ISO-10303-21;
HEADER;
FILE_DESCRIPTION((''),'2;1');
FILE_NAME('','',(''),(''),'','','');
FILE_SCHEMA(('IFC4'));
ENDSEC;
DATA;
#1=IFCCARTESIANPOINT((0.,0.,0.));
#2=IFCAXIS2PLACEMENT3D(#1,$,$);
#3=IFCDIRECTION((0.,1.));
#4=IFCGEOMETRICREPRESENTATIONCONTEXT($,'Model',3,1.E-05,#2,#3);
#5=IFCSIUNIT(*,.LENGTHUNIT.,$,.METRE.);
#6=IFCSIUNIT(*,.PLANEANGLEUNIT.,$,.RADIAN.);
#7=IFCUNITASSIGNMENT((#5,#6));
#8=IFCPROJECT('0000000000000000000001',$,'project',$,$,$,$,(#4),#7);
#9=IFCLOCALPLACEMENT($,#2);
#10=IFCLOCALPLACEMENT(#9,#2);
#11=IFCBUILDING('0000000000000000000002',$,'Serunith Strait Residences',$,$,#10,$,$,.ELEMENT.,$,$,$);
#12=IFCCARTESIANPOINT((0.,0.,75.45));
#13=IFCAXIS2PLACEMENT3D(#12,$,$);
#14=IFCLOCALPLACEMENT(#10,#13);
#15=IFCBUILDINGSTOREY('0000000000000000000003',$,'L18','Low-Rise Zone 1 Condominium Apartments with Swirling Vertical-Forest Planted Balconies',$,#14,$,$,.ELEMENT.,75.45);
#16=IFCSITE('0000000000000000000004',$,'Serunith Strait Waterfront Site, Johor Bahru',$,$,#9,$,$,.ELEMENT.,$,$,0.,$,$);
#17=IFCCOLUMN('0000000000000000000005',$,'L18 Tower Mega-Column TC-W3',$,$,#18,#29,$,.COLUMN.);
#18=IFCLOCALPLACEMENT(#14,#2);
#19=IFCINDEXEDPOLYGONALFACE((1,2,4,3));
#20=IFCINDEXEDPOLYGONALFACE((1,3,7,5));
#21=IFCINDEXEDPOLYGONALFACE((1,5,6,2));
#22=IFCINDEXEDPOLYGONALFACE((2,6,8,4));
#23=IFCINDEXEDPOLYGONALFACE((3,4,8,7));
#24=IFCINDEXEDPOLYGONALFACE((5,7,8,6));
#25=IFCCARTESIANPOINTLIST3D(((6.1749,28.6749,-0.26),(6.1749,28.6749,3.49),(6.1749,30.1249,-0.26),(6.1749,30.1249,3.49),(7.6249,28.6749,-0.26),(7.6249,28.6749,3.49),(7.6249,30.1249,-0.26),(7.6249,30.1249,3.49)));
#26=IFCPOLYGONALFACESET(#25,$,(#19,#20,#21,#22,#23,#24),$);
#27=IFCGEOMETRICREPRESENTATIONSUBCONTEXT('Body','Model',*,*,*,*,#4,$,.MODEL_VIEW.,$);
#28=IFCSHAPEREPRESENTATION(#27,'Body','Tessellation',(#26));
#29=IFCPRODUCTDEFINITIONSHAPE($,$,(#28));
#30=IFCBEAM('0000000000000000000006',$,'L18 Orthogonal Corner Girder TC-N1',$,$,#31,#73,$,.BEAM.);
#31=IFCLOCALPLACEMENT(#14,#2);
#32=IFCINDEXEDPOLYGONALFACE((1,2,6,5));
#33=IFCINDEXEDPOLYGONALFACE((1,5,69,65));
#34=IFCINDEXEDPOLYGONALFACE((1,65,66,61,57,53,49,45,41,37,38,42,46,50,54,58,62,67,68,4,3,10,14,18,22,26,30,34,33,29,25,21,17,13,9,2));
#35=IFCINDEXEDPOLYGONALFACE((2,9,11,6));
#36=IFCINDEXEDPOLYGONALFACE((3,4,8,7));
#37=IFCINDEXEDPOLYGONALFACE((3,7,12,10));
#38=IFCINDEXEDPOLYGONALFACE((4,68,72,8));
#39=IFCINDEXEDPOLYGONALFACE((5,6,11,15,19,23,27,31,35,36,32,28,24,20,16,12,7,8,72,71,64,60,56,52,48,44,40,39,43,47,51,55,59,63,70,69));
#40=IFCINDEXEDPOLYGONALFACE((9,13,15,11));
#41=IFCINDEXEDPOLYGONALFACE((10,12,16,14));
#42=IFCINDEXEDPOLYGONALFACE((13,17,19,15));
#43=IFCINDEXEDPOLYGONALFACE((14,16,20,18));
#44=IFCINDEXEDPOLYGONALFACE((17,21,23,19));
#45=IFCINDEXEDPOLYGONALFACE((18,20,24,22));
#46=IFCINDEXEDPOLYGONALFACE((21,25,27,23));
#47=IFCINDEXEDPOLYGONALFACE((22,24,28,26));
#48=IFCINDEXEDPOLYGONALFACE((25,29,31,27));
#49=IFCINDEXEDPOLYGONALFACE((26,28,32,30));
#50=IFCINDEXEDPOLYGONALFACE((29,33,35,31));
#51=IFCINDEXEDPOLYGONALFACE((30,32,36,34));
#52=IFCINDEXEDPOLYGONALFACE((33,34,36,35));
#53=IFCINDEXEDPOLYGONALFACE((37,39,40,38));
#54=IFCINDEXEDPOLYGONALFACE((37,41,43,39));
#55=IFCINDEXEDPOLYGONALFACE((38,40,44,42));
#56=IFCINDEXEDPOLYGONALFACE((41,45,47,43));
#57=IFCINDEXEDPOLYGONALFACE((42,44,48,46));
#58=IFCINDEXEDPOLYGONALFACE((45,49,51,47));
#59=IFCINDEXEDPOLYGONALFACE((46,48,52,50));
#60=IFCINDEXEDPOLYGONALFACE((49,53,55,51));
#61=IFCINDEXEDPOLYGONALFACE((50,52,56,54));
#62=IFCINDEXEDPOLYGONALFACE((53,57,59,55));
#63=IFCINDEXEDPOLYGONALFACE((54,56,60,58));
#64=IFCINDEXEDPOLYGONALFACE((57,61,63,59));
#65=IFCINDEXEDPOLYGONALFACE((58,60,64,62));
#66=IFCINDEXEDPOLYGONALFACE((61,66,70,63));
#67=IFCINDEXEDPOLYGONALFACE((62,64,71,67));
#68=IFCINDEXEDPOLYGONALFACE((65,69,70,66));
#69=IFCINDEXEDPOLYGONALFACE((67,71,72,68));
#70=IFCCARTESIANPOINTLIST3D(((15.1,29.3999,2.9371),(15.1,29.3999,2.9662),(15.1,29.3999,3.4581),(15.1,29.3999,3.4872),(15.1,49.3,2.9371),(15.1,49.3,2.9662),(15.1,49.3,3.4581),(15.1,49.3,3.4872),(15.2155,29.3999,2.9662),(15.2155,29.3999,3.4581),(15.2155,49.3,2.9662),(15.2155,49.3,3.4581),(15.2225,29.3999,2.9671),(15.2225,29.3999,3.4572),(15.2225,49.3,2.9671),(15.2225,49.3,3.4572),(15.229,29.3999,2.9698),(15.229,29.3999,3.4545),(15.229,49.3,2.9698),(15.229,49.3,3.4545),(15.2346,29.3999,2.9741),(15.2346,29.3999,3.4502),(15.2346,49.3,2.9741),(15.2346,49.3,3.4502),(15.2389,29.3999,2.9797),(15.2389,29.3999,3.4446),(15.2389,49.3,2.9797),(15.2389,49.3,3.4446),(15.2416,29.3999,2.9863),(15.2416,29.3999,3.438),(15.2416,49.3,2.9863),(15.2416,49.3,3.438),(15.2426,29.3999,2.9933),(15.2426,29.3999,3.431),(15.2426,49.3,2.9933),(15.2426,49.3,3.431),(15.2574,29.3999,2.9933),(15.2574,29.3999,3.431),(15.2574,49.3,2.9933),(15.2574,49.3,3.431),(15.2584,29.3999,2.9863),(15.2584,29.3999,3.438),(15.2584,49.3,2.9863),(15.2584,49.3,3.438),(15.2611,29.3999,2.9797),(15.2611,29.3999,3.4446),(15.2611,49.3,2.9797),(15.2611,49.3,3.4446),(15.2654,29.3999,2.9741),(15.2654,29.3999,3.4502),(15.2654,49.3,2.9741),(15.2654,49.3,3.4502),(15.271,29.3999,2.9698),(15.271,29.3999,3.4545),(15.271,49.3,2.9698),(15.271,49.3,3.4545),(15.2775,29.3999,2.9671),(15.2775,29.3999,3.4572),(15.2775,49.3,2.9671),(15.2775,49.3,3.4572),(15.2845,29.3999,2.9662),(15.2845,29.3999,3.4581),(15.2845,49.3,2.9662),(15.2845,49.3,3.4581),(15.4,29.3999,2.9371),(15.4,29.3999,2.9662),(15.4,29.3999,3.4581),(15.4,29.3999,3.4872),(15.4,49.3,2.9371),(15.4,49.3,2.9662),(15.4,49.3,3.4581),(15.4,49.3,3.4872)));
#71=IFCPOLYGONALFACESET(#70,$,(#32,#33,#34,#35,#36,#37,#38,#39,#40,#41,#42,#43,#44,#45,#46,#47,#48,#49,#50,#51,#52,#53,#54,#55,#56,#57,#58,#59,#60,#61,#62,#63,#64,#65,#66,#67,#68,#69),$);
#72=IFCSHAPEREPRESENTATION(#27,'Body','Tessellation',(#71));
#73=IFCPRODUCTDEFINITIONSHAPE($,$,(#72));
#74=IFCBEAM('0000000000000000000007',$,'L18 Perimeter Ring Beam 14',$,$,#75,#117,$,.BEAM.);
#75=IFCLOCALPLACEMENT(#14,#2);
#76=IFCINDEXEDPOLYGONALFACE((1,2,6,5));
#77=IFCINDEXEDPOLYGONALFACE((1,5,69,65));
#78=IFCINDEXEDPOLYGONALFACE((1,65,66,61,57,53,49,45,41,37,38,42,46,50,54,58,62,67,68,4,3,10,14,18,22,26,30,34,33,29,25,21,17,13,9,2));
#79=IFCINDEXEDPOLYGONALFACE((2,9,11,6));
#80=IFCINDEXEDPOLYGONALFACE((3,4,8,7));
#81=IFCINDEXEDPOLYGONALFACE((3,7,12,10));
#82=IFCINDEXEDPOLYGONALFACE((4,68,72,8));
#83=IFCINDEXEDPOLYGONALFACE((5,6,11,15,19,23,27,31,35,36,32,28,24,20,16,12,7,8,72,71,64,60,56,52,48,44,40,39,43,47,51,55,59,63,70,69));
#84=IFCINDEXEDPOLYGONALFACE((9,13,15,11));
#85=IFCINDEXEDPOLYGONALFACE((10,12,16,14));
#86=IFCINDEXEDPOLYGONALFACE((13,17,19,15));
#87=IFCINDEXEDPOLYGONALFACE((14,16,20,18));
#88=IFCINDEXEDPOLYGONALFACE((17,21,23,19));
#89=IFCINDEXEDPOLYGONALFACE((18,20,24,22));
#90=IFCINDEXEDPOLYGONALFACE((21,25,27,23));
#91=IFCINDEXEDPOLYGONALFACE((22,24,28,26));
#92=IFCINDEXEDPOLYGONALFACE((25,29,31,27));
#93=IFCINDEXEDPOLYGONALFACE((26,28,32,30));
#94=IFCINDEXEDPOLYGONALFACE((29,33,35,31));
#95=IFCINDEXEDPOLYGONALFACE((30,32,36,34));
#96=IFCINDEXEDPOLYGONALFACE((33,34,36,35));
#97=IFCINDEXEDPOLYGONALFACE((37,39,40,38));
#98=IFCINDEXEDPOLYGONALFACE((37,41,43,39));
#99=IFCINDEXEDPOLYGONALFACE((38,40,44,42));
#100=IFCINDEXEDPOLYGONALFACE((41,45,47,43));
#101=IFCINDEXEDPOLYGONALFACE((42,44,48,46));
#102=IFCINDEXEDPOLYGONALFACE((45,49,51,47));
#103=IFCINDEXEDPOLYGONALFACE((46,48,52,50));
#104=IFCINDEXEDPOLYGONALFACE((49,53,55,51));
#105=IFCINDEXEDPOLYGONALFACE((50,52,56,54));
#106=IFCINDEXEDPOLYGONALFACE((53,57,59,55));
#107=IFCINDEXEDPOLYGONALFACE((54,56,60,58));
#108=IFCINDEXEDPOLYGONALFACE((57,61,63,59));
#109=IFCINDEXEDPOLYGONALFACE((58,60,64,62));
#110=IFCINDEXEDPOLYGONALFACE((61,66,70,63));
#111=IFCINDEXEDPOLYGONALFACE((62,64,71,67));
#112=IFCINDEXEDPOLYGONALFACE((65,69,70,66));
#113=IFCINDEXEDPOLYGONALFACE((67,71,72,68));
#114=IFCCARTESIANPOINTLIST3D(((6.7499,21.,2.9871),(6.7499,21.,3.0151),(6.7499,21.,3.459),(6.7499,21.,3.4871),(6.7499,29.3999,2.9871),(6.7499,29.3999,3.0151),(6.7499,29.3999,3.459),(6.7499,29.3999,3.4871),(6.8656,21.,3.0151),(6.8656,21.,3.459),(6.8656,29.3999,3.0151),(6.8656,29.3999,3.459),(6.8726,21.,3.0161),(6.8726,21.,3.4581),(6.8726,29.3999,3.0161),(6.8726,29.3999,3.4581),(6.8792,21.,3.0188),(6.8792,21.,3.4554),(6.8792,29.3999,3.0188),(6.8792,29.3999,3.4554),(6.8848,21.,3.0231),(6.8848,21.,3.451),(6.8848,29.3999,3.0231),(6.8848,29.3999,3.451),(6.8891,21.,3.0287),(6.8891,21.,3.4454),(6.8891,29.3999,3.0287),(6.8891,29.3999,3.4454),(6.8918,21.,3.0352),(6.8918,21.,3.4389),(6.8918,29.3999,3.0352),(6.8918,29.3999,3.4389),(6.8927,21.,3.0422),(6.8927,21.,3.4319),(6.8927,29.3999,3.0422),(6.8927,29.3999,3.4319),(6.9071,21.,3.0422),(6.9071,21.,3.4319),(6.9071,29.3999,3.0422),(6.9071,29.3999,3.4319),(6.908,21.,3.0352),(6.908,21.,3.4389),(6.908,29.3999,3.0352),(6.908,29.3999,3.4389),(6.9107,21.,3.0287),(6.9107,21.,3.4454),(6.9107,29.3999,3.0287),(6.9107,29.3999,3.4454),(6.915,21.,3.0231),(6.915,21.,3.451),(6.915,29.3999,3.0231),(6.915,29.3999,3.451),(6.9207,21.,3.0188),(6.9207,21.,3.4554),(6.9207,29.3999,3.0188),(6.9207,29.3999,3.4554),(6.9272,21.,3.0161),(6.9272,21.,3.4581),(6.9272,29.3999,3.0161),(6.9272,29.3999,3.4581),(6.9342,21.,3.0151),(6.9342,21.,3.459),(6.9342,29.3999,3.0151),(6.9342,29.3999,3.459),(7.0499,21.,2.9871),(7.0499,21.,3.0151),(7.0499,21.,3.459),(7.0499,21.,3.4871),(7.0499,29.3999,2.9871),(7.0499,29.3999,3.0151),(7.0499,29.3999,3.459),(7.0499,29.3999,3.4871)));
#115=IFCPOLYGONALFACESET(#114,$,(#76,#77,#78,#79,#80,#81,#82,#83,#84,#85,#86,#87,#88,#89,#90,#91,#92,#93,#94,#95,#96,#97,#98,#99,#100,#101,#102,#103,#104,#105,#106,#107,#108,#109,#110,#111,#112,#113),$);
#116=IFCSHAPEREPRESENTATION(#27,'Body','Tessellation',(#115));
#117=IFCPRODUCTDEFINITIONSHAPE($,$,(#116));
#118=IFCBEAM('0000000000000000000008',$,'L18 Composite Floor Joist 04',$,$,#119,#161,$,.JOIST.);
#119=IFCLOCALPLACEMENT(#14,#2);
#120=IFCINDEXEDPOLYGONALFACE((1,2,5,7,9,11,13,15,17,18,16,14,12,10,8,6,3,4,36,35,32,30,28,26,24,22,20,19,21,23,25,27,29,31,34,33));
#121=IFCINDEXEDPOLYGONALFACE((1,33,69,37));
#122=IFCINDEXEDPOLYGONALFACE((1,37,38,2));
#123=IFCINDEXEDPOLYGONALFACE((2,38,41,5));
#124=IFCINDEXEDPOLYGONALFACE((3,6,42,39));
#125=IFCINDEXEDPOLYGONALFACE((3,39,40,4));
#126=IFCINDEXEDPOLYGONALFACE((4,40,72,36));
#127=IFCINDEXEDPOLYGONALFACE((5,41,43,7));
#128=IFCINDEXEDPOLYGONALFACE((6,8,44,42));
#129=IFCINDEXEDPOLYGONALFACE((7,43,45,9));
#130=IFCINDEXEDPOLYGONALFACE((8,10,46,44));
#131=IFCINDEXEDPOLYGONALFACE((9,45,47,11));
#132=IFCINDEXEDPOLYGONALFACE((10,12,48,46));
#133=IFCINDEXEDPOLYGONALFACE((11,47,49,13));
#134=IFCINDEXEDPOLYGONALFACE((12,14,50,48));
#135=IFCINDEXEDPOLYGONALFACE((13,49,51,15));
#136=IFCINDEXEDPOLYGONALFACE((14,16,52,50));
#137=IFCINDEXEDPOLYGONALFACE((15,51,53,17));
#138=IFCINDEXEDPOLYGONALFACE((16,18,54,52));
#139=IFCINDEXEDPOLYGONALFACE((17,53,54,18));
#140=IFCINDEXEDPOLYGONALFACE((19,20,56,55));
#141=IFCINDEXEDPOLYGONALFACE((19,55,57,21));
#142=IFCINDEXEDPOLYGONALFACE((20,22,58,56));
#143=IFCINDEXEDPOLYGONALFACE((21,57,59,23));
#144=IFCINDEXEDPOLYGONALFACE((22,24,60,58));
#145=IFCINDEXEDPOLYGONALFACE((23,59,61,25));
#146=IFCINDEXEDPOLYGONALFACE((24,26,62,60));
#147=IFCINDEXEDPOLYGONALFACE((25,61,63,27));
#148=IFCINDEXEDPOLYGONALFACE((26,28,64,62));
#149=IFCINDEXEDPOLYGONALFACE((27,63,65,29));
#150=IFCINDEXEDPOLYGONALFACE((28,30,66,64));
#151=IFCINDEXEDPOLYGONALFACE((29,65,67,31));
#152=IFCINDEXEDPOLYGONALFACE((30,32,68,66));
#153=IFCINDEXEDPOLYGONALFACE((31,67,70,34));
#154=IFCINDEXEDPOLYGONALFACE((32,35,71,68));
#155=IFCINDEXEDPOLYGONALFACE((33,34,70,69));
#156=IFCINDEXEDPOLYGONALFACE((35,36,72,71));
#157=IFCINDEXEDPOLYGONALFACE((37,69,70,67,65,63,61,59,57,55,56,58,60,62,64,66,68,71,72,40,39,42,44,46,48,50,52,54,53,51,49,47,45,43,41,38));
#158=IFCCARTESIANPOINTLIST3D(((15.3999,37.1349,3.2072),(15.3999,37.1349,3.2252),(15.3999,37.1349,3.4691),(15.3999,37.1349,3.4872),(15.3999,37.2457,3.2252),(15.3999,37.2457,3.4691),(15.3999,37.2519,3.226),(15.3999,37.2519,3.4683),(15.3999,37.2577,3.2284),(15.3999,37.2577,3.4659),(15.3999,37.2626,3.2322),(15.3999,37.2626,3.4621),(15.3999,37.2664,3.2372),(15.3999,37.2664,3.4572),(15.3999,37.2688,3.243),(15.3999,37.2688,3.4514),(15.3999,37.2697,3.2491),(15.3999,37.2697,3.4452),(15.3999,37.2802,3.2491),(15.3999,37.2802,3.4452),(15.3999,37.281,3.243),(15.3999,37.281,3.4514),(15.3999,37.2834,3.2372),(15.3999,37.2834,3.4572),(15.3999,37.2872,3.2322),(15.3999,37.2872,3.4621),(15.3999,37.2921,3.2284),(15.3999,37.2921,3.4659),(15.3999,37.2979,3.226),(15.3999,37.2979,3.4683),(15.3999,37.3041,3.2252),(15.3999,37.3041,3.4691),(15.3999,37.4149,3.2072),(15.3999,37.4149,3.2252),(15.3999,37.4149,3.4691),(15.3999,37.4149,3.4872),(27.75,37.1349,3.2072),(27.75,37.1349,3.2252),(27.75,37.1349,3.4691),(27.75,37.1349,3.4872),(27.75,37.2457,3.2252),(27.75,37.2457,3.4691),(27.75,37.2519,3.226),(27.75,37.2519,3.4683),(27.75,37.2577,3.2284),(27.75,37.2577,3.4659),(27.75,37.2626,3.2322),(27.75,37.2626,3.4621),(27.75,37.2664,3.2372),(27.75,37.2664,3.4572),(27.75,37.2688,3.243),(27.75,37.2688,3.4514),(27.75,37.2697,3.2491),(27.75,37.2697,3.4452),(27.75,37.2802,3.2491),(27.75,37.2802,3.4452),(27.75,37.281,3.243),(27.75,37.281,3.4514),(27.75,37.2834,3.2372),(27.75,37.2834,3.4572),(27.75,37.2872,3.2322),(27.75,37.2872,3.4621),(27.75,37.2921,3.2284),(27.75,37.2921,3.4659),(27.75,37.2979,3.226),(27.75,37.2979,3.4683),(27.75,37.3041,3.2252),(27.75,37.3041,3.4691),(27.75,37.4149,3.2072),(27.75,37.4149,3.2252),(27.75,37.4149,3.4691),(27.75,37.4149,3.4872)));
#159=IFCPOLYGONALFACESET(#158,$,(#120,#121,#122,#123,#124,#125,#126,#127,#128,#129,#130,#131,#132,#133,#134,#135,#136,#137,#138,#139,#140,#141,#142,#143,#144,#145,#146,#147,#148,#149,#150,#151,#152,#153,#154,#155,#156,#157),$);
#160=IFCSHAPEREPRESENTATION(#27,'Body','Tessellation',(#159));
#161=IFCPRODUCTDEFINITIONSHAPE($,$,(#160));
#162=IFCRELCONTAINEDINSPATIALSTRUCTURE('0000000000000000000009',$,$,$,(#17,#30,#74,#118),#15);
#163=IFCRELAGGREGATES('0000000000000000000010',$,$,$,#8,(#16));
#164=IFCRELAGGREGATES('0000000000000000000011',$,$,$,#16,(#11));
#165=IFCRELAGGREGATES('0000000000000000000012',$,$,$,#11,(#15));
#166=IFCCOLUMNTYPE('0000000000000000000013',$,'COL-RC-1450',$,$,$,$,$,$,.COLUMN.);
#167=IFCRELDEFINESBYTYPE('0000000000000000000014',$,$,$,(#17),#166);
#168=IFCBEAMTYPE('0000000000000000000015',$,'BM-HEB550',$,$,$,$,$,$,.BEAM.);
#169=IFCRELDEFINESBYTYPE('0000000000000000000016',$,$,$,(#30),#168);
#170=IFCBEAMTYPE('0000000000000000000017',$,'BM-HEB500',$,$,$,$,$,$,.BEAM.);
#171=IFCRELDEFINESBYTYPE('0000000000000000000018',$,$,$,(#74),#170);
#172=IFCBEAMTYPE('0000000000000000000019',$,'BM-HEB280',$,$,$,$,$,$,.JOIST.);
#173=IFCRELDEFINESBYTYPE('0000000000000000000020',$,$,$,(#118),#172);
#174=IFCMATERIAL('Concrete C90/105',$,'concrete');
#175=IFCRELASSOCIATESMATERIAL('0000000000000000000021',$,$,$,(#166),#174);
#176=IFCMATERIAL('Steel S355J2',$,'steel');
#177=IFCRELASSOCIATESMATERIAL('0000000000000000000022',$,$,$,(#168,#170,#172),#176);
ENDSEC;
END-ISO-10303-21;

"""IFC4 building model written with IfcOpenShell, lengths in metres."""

from ifc_helpers import new_model, si_unit, direction, frame, origin, origin_2d, place, context, subcontext, project, spatial, rectangle, i_section, extrude, source, transform, mapped, material, material_profile, profile_set, type_object, element, save


model = new_model("IFC4")

# Units and contexts
model_context = context("Model", 3, precision=1e-05, world=origin(), true_north=direction((0.0, 1.0)))
body_context = subcontext(model_context, "Body", "Model", "MODEL_VIEW")
ifc_project = project(units=[si_unit("LENGTHUNIT", "METRE"), si_unit("PLANEANGLEUNIT", "RADIAN")], contexts=[model_context])

# Site, building, storey
site_placement = place(None, origin())
site = spatial("IfcSite", under=ifc_project, at=site_placement, Name="Serunith Strait Waterfront Site, Johor Bahru", CompositionType="ELEMENT", RefElevation=0.0)
building_placement = place(site_placement, origin())
building = spatial("IfcBuilding", under=site, at=building_placement, Name="Serunith Strait Residences", CompositionType="ELEMENT")
storey_placement = place(building_placement, frame((0.0, 0.0, 75.45)))
storey = spatial("IfcBuildingStorey", under=building, at=storey_placement, Name="L18", Description="Low-Rise Zone 1 Condominium Apartments with Swirling Vertical-Forest Planted Balconies", CompositionType="ELEMENT", Elevation=75.45)

# Column
ifc_material_1 = material(Name="Concrete C90/105", Category="concrete")
ifc_material_profile_1 = material_profile(ifc_material_1, rectangle(XDim=1.45, YDim=1.45, at=origin_2d()), Name="RC 1450x1450")
ifc_profile_set_1 = profile_set([ifc_material_profile_1], Name="Concrete C90/105")
column_type = type_object("IfcColumnType", Name="COL-RC-1450", PredefinedType="COLUMN", material=ifc_profile_set_1)
shared_shape_1 = source(origin(), body_context, "Body", "SweptSolid", [
    extrude(rectangle(XDim=1.45, YDim=1.45, at=origin_2d()), origin(), (0.0, 0.0, 1.0), 3.75),
])
column_placement = place(storey_placement, frame((6.8999, 29.3999, -0.26), z_axis=(0.0, 0.0, 1.0), x_axis=(1.0, 0.0, 0.0)))
element("IfcColumn", 1, at=column_placement, inside=storey, type_object=column_type, Name="L18 Tower Mega-Column TC-W3", PredefinedType="COLUMN", context=body_context, shape_type="MappedRepresentation", body=[
    mapped(shared_shape_1, transform((0.0, 0.0, 0.0), scale=1.0)),
])

# Beams
ifc_material_2 = material(Name="Steel S355J2", Category="steel")
ifc_material_profile_2 = material_profile(ifc_material_2, i_section(OverallWidth=0.3, OverallDepth=0.55, WebThickness=0.0149, FlangeThickness=0.0291, FilletRadius=0.0271, at=origin_2d()), Name="HEB 550")
ifc_profile_set_2 = profile_set([ifc_material_profile_2], Name="Steel S355J2")
beam_type_1 = type_object("IfcBeamType", Name="BM-HEB550", PredefinedType="BEAM", material=ifc_profile_set_2)
shared_shape_2 = source(origin(), body_context, "Body", "SweptSolid", [
    extrude(i_section(OverallWidth=0.3, OverallDepth=0.55, WebThickness=0.0149, FlangeThickness=0.0291, FilletRadius=0.0271, at=origin_2d()), origin(), (0.0, 0.0, 1.0), 19.9001),
])
beam_1_placement = place(storey_placement, frame((15.25, 29.3999, 3.2122), z_axis=(0.0, 1.0, 0.0), x_axis=(-1.0, 0.0, 0.0)))
element("IfcBeam", 2, at=beam_1_placement, inside=storey, type_object=beam_type_1, Name="L18 Orthogonal Corner Girder TC-N1", PredefinedType="BEAM", context=body_context, shape_type="MappedRepresentation", body=[
    mapped(shared_shape_2, transform((0.0, 0.0, 0.0), scale=1.0)),
])
ifc_material_profile_3 = material_profile(ifc_material_2, i_section(OverallWidth=0.3, OverallDepth=0.5, WebThickness=0.0144, FlangeThickness=0.0281, FilletRadius=0.0271, at=origin_2d()), Name="HEB 500")
ifc_profile_set_3 = profile_set([ifc_material_profile_3], Name="Steel S355J2")
beam_type_2 = type_object("IfcBeamType", Name="BM-HEB500", PredefinedType="BEAM", material=ifc_profile_set_3)
shared_shape_3 = source(origin(), body_context, "Body", "SweptSolid", [
    extrude(i_section(OverallWidth=0.3, OverallDepth=0.5, WebThickness=0.0144, FlangeThickness=0.0281, FilletRadius=0.0271, at=origin_2d()), origin(), (0.0, 0.0, 1.0), 8.3999),
])
beam_2_placement = place(storey_placement, frame((6.8999, 29.3999, 3.2371), z_axis=(0.0, -1.0, 0.0), x_axis=(1.0, 0.0, 0.0)))
element("IfcBeam", 3, at=beam_2_placement, inside=storey, type_object=beam_type_2, Name="L18 Perimeter Ring Beam 14", PredefinedType="BEAM", context=body_context, shape_type="MappedRepresentation", body=[
    mapped(shared_shape_3, transform((0.0, 0.0, 0.0), scale=1.0)),
])
ifc_material_profile_4 = material_profile(ifc_material_2, i_section(OverallWidth=0.28, OverallDepth=0.28, WebThickness=0.0105, FlangeThickness=0.0181, FilletRadius=0.0239, at=origin_2d()), Name="HEB 280")
ifc_profile_set_4 = profile_set([ifc_material_profile_4], Name="Steel S355J2")
beam_type_3 = type_object("IfcBeamType", Name="BM-HEB280", PredefinedType="JOIST", material=ifc_profile_set_4)
shared_shape_4 = source(origin(), body_context, "Body", "SweptSolid", [
    extrude(i_section(OverallWidth=0.28, OverallDepth=0.28, WebThickness=0.0105, FlangeThickness=0.0181, FilletRadius=0.0239, at=origin_2d()), origin(), (0.0, 0.0, 1.0), 12.3501),
])
beam_3_placement = place(storey_placement, frame((15.3999, 37.2749, 3.3472), z_axis=(1.0, 0.0, 0.0), x_axis=(0.0, 1.0, 0.0)))
element("IfcBeam", 4, at=beam_3_placement, inside=storey, type_object=beam_type_3, Name="L18 Composite Floor Joist 04", PredefinedType="JOIST", context=body_context, shape_type="MappedRepresentation", body=[
    mapped(shared_shape_4, transform((0.0, 0.0, 0.0), scale=1.0)),
])

save(model, "model.ifc")
